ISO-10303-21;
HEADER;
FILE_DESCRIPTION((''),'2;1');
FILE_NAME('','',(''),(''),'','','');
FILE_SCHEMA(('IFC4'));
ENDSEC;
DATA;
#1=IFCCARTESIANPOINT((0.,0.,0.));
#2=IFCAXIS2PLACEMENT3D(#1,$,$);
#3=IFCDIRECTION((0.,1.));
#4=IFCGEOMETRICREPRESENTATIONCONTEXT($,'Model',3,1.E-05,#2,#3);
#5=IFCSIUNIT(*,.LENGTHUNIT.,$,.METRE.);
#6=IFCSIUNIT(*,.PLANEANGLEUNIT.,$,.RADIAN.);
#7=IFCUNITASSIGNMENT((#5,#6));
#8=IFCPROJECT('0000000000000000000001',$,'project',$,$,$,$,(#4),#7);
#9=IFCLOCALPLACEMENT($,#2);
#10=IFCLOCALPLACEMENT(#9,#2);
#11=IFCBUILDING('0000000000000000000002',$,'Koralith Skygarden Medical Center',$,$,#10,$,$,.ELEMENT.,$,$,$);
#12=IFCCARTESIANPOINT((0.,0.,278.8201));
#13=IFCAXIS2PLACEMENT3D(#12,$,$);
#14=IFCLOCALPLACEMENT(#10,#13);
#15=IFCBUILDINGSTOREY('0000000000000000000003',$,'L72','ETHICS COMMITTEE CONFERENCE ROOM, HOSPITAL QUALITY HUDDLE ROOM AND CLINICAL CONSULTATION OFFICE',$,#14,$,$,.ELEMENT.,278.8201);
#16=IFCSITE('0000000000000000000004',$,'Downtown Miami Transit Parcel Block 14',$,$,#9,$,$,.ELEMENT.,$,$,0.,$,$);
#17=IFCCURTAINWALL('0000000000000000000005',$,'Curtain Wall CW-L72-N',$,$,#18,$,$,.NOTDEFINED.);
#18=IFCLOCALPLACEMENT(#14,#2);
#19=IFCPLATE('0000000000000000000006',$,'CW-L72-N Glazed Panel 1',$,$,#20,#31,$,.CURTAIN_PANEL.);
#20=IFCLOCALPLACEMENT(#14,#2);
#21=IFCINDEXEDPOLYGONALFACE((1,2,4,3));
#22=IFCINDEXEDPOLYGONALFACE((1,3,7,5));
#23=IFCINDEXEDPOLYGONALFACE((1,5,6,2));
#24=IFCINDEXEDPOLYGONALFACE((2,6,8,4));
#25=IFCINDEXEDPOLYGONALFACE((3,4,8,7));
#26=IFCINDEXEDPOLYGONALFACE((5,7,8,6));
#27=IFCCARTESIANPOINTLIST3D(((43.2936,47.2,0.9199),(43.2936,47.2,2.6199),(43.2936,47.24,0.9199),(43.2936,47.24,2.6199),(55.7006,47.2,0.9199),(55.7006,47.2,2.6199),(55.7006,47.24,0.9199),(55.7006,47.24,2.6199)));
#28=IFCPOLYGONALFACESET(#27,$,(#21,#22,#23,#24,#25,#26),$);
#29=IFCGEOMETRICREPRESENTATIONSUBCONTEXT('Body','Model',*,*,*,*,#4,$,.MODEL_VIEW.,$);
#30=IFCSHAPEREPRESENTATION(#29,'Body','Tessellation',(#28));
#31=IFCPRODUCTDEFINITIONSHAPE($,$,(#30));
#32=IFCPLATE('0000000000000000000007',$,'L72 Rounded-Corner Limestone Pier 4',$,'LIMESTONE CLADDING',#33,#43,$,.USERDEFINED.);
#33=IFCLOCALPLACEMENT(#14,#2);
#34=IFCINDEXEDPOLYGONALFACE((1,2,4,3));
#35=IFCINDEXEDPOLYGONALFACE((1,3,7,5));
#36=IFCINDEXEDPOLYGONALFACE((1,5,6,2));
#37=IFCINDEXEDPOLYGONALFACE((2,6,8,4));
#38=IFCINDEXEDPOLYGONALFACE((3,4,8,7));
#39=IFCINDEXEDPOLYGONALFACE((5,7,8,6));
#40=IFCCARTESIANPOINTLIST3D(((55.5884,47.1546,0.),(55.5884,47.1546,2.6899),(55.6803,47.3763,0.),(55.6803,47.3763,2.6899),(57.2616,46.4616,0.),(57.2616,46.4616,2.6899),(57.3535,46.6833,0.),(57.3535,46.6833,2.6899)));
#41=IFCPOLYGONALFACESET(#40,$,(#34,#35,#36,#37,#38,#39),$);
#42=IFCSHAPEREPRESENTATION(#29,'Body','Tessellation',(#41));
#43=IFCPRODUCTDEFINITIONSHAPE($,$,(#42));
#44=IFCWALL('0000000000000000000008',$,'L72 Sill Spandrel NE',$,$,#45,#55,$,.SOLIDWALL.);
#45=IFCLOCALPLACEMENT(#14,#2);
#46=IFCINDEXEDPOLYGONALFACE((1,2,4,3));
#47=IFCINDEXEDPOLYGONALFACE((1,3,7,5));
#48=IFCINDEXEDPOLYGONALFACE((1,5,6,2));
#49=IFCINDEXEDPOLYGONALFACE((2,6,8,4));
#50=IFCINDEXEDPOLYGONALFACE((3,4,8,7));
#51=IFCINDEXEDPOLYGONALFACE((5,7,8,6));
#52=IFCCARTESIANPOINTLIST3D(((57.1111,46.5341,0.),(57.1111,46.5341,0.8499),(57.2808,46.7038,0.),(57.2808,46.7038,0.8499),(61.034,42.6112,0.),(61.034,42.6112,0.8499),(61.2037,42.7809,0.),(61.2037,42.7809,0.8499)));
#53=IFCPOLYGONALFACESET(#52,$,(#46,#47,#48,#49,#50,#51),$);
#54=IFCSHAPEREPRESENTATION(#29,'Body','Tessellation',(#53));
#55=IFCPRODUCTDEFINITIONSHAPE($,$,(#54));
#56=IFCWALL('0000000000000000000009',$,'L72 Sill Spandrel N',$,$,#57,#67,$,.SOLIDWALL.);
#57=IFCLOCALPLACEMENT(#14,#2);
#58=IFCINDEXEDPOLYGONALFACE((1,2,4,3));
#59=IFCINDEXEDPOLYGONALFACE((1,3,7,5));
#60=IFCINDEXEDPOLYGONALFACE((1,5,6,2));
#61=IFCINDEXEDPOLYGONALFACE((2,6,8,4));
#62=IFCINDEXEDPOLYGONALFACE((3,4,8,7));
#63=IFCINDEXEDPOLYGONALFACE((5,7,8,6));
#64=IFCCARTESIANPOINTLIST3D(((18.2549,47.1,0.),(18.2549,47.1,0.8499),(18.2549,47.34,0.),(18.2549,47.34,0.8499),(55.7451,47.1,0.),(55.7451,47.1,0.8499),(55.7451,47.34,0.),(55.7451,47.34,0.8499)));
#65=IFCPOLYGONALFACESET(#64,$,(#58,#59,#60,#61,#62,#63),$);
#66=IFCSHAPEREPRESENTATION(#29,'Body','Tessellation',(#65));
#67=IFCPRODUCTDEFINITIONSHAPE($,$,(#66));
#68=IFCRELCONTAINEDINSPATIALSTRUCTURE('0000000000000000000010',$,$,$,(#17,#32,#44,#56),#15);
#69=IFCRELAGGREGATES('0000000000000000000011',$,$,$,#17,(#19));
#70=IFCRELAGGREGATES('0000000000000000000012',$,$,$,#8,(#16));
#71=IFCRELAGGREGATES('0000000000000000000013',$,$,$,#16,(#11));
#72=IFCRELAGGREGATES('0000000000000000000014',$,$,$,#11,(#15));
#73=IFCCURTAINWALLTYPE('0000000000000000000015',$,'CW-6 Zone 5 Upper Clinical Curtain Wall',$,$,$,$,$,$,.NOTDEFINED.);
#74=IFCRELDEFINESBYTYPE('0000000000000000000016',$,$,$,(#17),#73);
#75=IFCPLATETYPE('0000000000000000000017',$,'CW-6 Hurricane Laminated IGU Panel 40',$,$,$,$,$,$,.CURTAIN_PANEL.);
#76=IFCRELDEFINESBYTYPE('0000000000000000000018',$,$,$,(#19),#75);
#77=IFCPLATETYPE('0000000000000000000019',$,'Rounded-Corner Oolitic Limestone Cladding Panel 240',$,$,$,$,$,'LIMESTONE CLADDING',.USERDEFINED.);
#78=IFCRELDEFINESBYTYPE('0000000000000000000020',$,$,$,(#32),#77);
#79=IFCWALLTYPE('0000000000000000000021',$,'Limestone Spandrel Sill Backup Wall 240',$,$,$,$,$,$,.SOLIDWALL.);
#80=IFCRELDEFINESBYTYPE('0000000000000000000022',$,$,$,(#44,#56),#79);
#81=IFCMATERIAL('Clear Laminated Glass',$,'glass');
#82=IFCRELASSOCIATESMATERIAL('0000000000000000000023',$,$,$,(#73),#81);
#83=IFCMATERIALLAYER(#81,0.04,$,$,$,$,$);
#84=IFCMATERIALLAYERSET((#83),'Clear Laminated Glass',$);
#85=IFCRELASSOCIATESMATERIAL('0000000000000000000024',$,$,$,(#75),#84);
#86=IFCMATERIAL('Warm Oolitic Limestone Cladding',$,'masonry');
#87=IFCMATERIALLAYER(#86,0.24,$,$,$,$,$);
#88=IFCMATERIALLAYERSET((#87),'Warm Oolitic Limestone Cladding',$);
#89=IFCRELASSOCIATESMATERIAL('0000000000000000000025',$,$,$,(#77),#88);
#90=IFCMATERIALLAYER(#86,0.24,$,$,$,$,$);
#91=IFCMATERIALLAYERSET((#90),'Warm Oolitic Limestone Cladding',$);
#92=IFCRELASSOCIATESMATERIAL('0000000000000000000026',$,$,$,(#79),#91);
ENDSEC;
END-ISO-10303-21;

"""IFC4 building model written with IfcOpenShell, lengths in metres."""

from ifc_helpers import new_model, si_unit, direction, frame, frame_2d, origin, origin_2d, place, context, subcontext, project, spatial, rectangle, extrude, material, layer, layer_set, type_object, element, aggregate, save


model = new_model("IFC4")

# Units and contexts
model_context = context("Model", 3, precision=1e-05, world=origin(), true_north=direction((0.0, 1.0)))
body_context = subcontext(model_context, "Body", "Model", "MODEL_VIEW")
ifc_project = project(units=[si_unit("LENGTHUNIT", "METRE"), si_unit("PLANEANGLEUNIT", "RADIAN")], contexts=[model_context])

# Site, building, storey
site_placement = place(None, origin())
site = spatial("IfcSite", under=ifc_project, at=site_placement, Name="Downtown Miami Transit Parcel Block 14", CompositionType="ELEMENT", RefElevation=0.0)
building_placement = place(site_placement, origin())
building = spatial("IfcBuilding", under=site, at=building_placement, Name="Koralith Skygarden Medical Center", CompositionType="ELEMENT")
storey_placement = place(building_placement, frame((0.0, 0.0, 278.8201)))
storey = spatial("IfcBuildingStorey", under=building, at=storey_placement, Name="L72", Description="ETHICS COMMITTEE CONFERENCE ROOM, HOSPITAL QUALITY HUDDLE ROOM AND CLINICAL CONSULTATION OFFICE", CompositionType="ELEMENT", Elevation=278.8201)

# Shared definitions
ifc_material_1 = material(Name="Clear Laminated Glass", Category="glass")
curtain_wall_type = type_object("IfcCurtainWallType", Name="CW-6 Zone 5 Upper Clinical Curtain Wall", PredefinedType="NOTDEFINED", material=ifc_material_1)

# Curtain wall
curtain_wall_1_placement = place(storey_placement, origin())
curtain_wall_1 = element("IfcCurtainWall", 1, at=curtain_wall_1_placement, inside=storey, type_object=curtain_wall_type, Name="Curtain Wall CW-L72-N", PredefinedType="NOTDEFINED")

# Plates
ifc_layer_1 = layer(ifc_material_1, 0.04)
ifc_layer_set_1 = layer_set([ifc_layer_1], Name="Clear Laminated Glass")
plate_type_1 = type_object("IfcPlateType", Name="CW-6 Hurricane Laminated IGU Panel 40", PredefinedType="CURTAIN_PANEL", material=ifc_layer_set_1)
plate_1_placement = place(storey_placement, frame((49.4971, 47.22, 0.9199), z_axis=(0.0, 0.0, 1.0), x_axis=(-1.0, 0.0, 0.0)))
plate_1 = element("IfcPlate", 2, at=plate_1_placement, type_object=plate_type_1, Name="CW-L72-N Glazed Panel 1", PredefinedType="CURTAIN_PANEL", context=body_context, shape_type="SweptSolid", body=[
    extrude(rectangle(XDim=12.407, YDim=0.04, at=origin_2d()), origin(), (0.0, 0.0, 1.0), 1.7),
])
aggregate(curtain_wall_1, [plate_1])
ifc_material_2 = material(Name="Warm Oolitic Limestone Cladding", Category="masonry")
ifc_layer_2 = layer(ifc_material_2, 0.24)
ifc_layer_set_2 = layer_set([ifc_layer_2], Name="Warm Oolitic Limestone Cladding")
plate_type_2 = type_object("IfcPlateType", Name="Rounded-Corner Oolitic Limestone Cladding Panel 240", ElementType="LIMESTONE CLADDING", PredefinedType="USERDEFINED", material=ifc_layer_set_2)
plate_2_placement = place(storey_placement, frame((56.4709, 46.9189, 0.0), z_axis=(0.0, 0.0, 1.0), x_axis=(-0.923885, 0.382671, 0.0)))
element("IfcPlate", 3, at=plate_2_placement, inside=storey, type_object=plate_type_2, Name="L72 Rounded-Corner Limestone Pier 4", ObjectType="LIMESTONE CLADDING", PredefinedType="USERDEFINED", context=body_context, shape_type="SweptSolid", body=[
    extrude(rectangle(XDim=1.811, YDim=0.24, at=origin_2d()), origin(), (0.0, 0.0, 1.0), 2.6899),
])

# Walls
ifc_layer_3 = layer(ifc_material_2, 0.24)
ifc_layer_set_3 = layer_set([ifc_layer_3], Name="Warm Oolitic Limestone Cladding")
wall_type = type_object("IfcWallType", Name="Limestone Spandrel Sill Backup Wall 240", PredefinedType="SOLIDWALL", material=ifc_layer_set_3)
wall_1_placement = place(storey_placement, frame((61.1189, 42.696, 0.0), z_axis=(0.0, 0.0, 1.0), x_axis=(-0.707107, 0.707107, 0.0)))
element("IfcWall", 4, at=wall_1_placement, inside=storey, type_object=wall_type, Name="L72 Sill Spandrel NE", PredefinedType="SOLIDWALL", context=body_context, shape_type="SweptSolid", body=[
    extrude(rectangle(XDim=5.5479, YDim=0.24, at=frame_2d((2.7739, 0.0))), origin(), (0.0, 0.0, 1.0), 0.8499),
])
wall_2_placement = place(storey_placement, frame((55.7451, 47.22, 0.0), z_axis=(0.0, 0.0, 1.0), x_axis=(-1.0, 0.0, 0.0)))
element("IfcWall", 5, at=wall_2_placement, inside=storey, type_object=wall_type, Name="L72 Sill Spandrel N", PredefinedType="SOLIDWALL", context=body_context, shape_type="SweptSolid", body=[
    extrude(rectangle(XDim=37.4902, YDim=0.24, at=frame_2d((18.7451, 0.0))), origin(), (0.0, 0.0, 1.0), 0.8499),
])

save(model, "model.ifc")
